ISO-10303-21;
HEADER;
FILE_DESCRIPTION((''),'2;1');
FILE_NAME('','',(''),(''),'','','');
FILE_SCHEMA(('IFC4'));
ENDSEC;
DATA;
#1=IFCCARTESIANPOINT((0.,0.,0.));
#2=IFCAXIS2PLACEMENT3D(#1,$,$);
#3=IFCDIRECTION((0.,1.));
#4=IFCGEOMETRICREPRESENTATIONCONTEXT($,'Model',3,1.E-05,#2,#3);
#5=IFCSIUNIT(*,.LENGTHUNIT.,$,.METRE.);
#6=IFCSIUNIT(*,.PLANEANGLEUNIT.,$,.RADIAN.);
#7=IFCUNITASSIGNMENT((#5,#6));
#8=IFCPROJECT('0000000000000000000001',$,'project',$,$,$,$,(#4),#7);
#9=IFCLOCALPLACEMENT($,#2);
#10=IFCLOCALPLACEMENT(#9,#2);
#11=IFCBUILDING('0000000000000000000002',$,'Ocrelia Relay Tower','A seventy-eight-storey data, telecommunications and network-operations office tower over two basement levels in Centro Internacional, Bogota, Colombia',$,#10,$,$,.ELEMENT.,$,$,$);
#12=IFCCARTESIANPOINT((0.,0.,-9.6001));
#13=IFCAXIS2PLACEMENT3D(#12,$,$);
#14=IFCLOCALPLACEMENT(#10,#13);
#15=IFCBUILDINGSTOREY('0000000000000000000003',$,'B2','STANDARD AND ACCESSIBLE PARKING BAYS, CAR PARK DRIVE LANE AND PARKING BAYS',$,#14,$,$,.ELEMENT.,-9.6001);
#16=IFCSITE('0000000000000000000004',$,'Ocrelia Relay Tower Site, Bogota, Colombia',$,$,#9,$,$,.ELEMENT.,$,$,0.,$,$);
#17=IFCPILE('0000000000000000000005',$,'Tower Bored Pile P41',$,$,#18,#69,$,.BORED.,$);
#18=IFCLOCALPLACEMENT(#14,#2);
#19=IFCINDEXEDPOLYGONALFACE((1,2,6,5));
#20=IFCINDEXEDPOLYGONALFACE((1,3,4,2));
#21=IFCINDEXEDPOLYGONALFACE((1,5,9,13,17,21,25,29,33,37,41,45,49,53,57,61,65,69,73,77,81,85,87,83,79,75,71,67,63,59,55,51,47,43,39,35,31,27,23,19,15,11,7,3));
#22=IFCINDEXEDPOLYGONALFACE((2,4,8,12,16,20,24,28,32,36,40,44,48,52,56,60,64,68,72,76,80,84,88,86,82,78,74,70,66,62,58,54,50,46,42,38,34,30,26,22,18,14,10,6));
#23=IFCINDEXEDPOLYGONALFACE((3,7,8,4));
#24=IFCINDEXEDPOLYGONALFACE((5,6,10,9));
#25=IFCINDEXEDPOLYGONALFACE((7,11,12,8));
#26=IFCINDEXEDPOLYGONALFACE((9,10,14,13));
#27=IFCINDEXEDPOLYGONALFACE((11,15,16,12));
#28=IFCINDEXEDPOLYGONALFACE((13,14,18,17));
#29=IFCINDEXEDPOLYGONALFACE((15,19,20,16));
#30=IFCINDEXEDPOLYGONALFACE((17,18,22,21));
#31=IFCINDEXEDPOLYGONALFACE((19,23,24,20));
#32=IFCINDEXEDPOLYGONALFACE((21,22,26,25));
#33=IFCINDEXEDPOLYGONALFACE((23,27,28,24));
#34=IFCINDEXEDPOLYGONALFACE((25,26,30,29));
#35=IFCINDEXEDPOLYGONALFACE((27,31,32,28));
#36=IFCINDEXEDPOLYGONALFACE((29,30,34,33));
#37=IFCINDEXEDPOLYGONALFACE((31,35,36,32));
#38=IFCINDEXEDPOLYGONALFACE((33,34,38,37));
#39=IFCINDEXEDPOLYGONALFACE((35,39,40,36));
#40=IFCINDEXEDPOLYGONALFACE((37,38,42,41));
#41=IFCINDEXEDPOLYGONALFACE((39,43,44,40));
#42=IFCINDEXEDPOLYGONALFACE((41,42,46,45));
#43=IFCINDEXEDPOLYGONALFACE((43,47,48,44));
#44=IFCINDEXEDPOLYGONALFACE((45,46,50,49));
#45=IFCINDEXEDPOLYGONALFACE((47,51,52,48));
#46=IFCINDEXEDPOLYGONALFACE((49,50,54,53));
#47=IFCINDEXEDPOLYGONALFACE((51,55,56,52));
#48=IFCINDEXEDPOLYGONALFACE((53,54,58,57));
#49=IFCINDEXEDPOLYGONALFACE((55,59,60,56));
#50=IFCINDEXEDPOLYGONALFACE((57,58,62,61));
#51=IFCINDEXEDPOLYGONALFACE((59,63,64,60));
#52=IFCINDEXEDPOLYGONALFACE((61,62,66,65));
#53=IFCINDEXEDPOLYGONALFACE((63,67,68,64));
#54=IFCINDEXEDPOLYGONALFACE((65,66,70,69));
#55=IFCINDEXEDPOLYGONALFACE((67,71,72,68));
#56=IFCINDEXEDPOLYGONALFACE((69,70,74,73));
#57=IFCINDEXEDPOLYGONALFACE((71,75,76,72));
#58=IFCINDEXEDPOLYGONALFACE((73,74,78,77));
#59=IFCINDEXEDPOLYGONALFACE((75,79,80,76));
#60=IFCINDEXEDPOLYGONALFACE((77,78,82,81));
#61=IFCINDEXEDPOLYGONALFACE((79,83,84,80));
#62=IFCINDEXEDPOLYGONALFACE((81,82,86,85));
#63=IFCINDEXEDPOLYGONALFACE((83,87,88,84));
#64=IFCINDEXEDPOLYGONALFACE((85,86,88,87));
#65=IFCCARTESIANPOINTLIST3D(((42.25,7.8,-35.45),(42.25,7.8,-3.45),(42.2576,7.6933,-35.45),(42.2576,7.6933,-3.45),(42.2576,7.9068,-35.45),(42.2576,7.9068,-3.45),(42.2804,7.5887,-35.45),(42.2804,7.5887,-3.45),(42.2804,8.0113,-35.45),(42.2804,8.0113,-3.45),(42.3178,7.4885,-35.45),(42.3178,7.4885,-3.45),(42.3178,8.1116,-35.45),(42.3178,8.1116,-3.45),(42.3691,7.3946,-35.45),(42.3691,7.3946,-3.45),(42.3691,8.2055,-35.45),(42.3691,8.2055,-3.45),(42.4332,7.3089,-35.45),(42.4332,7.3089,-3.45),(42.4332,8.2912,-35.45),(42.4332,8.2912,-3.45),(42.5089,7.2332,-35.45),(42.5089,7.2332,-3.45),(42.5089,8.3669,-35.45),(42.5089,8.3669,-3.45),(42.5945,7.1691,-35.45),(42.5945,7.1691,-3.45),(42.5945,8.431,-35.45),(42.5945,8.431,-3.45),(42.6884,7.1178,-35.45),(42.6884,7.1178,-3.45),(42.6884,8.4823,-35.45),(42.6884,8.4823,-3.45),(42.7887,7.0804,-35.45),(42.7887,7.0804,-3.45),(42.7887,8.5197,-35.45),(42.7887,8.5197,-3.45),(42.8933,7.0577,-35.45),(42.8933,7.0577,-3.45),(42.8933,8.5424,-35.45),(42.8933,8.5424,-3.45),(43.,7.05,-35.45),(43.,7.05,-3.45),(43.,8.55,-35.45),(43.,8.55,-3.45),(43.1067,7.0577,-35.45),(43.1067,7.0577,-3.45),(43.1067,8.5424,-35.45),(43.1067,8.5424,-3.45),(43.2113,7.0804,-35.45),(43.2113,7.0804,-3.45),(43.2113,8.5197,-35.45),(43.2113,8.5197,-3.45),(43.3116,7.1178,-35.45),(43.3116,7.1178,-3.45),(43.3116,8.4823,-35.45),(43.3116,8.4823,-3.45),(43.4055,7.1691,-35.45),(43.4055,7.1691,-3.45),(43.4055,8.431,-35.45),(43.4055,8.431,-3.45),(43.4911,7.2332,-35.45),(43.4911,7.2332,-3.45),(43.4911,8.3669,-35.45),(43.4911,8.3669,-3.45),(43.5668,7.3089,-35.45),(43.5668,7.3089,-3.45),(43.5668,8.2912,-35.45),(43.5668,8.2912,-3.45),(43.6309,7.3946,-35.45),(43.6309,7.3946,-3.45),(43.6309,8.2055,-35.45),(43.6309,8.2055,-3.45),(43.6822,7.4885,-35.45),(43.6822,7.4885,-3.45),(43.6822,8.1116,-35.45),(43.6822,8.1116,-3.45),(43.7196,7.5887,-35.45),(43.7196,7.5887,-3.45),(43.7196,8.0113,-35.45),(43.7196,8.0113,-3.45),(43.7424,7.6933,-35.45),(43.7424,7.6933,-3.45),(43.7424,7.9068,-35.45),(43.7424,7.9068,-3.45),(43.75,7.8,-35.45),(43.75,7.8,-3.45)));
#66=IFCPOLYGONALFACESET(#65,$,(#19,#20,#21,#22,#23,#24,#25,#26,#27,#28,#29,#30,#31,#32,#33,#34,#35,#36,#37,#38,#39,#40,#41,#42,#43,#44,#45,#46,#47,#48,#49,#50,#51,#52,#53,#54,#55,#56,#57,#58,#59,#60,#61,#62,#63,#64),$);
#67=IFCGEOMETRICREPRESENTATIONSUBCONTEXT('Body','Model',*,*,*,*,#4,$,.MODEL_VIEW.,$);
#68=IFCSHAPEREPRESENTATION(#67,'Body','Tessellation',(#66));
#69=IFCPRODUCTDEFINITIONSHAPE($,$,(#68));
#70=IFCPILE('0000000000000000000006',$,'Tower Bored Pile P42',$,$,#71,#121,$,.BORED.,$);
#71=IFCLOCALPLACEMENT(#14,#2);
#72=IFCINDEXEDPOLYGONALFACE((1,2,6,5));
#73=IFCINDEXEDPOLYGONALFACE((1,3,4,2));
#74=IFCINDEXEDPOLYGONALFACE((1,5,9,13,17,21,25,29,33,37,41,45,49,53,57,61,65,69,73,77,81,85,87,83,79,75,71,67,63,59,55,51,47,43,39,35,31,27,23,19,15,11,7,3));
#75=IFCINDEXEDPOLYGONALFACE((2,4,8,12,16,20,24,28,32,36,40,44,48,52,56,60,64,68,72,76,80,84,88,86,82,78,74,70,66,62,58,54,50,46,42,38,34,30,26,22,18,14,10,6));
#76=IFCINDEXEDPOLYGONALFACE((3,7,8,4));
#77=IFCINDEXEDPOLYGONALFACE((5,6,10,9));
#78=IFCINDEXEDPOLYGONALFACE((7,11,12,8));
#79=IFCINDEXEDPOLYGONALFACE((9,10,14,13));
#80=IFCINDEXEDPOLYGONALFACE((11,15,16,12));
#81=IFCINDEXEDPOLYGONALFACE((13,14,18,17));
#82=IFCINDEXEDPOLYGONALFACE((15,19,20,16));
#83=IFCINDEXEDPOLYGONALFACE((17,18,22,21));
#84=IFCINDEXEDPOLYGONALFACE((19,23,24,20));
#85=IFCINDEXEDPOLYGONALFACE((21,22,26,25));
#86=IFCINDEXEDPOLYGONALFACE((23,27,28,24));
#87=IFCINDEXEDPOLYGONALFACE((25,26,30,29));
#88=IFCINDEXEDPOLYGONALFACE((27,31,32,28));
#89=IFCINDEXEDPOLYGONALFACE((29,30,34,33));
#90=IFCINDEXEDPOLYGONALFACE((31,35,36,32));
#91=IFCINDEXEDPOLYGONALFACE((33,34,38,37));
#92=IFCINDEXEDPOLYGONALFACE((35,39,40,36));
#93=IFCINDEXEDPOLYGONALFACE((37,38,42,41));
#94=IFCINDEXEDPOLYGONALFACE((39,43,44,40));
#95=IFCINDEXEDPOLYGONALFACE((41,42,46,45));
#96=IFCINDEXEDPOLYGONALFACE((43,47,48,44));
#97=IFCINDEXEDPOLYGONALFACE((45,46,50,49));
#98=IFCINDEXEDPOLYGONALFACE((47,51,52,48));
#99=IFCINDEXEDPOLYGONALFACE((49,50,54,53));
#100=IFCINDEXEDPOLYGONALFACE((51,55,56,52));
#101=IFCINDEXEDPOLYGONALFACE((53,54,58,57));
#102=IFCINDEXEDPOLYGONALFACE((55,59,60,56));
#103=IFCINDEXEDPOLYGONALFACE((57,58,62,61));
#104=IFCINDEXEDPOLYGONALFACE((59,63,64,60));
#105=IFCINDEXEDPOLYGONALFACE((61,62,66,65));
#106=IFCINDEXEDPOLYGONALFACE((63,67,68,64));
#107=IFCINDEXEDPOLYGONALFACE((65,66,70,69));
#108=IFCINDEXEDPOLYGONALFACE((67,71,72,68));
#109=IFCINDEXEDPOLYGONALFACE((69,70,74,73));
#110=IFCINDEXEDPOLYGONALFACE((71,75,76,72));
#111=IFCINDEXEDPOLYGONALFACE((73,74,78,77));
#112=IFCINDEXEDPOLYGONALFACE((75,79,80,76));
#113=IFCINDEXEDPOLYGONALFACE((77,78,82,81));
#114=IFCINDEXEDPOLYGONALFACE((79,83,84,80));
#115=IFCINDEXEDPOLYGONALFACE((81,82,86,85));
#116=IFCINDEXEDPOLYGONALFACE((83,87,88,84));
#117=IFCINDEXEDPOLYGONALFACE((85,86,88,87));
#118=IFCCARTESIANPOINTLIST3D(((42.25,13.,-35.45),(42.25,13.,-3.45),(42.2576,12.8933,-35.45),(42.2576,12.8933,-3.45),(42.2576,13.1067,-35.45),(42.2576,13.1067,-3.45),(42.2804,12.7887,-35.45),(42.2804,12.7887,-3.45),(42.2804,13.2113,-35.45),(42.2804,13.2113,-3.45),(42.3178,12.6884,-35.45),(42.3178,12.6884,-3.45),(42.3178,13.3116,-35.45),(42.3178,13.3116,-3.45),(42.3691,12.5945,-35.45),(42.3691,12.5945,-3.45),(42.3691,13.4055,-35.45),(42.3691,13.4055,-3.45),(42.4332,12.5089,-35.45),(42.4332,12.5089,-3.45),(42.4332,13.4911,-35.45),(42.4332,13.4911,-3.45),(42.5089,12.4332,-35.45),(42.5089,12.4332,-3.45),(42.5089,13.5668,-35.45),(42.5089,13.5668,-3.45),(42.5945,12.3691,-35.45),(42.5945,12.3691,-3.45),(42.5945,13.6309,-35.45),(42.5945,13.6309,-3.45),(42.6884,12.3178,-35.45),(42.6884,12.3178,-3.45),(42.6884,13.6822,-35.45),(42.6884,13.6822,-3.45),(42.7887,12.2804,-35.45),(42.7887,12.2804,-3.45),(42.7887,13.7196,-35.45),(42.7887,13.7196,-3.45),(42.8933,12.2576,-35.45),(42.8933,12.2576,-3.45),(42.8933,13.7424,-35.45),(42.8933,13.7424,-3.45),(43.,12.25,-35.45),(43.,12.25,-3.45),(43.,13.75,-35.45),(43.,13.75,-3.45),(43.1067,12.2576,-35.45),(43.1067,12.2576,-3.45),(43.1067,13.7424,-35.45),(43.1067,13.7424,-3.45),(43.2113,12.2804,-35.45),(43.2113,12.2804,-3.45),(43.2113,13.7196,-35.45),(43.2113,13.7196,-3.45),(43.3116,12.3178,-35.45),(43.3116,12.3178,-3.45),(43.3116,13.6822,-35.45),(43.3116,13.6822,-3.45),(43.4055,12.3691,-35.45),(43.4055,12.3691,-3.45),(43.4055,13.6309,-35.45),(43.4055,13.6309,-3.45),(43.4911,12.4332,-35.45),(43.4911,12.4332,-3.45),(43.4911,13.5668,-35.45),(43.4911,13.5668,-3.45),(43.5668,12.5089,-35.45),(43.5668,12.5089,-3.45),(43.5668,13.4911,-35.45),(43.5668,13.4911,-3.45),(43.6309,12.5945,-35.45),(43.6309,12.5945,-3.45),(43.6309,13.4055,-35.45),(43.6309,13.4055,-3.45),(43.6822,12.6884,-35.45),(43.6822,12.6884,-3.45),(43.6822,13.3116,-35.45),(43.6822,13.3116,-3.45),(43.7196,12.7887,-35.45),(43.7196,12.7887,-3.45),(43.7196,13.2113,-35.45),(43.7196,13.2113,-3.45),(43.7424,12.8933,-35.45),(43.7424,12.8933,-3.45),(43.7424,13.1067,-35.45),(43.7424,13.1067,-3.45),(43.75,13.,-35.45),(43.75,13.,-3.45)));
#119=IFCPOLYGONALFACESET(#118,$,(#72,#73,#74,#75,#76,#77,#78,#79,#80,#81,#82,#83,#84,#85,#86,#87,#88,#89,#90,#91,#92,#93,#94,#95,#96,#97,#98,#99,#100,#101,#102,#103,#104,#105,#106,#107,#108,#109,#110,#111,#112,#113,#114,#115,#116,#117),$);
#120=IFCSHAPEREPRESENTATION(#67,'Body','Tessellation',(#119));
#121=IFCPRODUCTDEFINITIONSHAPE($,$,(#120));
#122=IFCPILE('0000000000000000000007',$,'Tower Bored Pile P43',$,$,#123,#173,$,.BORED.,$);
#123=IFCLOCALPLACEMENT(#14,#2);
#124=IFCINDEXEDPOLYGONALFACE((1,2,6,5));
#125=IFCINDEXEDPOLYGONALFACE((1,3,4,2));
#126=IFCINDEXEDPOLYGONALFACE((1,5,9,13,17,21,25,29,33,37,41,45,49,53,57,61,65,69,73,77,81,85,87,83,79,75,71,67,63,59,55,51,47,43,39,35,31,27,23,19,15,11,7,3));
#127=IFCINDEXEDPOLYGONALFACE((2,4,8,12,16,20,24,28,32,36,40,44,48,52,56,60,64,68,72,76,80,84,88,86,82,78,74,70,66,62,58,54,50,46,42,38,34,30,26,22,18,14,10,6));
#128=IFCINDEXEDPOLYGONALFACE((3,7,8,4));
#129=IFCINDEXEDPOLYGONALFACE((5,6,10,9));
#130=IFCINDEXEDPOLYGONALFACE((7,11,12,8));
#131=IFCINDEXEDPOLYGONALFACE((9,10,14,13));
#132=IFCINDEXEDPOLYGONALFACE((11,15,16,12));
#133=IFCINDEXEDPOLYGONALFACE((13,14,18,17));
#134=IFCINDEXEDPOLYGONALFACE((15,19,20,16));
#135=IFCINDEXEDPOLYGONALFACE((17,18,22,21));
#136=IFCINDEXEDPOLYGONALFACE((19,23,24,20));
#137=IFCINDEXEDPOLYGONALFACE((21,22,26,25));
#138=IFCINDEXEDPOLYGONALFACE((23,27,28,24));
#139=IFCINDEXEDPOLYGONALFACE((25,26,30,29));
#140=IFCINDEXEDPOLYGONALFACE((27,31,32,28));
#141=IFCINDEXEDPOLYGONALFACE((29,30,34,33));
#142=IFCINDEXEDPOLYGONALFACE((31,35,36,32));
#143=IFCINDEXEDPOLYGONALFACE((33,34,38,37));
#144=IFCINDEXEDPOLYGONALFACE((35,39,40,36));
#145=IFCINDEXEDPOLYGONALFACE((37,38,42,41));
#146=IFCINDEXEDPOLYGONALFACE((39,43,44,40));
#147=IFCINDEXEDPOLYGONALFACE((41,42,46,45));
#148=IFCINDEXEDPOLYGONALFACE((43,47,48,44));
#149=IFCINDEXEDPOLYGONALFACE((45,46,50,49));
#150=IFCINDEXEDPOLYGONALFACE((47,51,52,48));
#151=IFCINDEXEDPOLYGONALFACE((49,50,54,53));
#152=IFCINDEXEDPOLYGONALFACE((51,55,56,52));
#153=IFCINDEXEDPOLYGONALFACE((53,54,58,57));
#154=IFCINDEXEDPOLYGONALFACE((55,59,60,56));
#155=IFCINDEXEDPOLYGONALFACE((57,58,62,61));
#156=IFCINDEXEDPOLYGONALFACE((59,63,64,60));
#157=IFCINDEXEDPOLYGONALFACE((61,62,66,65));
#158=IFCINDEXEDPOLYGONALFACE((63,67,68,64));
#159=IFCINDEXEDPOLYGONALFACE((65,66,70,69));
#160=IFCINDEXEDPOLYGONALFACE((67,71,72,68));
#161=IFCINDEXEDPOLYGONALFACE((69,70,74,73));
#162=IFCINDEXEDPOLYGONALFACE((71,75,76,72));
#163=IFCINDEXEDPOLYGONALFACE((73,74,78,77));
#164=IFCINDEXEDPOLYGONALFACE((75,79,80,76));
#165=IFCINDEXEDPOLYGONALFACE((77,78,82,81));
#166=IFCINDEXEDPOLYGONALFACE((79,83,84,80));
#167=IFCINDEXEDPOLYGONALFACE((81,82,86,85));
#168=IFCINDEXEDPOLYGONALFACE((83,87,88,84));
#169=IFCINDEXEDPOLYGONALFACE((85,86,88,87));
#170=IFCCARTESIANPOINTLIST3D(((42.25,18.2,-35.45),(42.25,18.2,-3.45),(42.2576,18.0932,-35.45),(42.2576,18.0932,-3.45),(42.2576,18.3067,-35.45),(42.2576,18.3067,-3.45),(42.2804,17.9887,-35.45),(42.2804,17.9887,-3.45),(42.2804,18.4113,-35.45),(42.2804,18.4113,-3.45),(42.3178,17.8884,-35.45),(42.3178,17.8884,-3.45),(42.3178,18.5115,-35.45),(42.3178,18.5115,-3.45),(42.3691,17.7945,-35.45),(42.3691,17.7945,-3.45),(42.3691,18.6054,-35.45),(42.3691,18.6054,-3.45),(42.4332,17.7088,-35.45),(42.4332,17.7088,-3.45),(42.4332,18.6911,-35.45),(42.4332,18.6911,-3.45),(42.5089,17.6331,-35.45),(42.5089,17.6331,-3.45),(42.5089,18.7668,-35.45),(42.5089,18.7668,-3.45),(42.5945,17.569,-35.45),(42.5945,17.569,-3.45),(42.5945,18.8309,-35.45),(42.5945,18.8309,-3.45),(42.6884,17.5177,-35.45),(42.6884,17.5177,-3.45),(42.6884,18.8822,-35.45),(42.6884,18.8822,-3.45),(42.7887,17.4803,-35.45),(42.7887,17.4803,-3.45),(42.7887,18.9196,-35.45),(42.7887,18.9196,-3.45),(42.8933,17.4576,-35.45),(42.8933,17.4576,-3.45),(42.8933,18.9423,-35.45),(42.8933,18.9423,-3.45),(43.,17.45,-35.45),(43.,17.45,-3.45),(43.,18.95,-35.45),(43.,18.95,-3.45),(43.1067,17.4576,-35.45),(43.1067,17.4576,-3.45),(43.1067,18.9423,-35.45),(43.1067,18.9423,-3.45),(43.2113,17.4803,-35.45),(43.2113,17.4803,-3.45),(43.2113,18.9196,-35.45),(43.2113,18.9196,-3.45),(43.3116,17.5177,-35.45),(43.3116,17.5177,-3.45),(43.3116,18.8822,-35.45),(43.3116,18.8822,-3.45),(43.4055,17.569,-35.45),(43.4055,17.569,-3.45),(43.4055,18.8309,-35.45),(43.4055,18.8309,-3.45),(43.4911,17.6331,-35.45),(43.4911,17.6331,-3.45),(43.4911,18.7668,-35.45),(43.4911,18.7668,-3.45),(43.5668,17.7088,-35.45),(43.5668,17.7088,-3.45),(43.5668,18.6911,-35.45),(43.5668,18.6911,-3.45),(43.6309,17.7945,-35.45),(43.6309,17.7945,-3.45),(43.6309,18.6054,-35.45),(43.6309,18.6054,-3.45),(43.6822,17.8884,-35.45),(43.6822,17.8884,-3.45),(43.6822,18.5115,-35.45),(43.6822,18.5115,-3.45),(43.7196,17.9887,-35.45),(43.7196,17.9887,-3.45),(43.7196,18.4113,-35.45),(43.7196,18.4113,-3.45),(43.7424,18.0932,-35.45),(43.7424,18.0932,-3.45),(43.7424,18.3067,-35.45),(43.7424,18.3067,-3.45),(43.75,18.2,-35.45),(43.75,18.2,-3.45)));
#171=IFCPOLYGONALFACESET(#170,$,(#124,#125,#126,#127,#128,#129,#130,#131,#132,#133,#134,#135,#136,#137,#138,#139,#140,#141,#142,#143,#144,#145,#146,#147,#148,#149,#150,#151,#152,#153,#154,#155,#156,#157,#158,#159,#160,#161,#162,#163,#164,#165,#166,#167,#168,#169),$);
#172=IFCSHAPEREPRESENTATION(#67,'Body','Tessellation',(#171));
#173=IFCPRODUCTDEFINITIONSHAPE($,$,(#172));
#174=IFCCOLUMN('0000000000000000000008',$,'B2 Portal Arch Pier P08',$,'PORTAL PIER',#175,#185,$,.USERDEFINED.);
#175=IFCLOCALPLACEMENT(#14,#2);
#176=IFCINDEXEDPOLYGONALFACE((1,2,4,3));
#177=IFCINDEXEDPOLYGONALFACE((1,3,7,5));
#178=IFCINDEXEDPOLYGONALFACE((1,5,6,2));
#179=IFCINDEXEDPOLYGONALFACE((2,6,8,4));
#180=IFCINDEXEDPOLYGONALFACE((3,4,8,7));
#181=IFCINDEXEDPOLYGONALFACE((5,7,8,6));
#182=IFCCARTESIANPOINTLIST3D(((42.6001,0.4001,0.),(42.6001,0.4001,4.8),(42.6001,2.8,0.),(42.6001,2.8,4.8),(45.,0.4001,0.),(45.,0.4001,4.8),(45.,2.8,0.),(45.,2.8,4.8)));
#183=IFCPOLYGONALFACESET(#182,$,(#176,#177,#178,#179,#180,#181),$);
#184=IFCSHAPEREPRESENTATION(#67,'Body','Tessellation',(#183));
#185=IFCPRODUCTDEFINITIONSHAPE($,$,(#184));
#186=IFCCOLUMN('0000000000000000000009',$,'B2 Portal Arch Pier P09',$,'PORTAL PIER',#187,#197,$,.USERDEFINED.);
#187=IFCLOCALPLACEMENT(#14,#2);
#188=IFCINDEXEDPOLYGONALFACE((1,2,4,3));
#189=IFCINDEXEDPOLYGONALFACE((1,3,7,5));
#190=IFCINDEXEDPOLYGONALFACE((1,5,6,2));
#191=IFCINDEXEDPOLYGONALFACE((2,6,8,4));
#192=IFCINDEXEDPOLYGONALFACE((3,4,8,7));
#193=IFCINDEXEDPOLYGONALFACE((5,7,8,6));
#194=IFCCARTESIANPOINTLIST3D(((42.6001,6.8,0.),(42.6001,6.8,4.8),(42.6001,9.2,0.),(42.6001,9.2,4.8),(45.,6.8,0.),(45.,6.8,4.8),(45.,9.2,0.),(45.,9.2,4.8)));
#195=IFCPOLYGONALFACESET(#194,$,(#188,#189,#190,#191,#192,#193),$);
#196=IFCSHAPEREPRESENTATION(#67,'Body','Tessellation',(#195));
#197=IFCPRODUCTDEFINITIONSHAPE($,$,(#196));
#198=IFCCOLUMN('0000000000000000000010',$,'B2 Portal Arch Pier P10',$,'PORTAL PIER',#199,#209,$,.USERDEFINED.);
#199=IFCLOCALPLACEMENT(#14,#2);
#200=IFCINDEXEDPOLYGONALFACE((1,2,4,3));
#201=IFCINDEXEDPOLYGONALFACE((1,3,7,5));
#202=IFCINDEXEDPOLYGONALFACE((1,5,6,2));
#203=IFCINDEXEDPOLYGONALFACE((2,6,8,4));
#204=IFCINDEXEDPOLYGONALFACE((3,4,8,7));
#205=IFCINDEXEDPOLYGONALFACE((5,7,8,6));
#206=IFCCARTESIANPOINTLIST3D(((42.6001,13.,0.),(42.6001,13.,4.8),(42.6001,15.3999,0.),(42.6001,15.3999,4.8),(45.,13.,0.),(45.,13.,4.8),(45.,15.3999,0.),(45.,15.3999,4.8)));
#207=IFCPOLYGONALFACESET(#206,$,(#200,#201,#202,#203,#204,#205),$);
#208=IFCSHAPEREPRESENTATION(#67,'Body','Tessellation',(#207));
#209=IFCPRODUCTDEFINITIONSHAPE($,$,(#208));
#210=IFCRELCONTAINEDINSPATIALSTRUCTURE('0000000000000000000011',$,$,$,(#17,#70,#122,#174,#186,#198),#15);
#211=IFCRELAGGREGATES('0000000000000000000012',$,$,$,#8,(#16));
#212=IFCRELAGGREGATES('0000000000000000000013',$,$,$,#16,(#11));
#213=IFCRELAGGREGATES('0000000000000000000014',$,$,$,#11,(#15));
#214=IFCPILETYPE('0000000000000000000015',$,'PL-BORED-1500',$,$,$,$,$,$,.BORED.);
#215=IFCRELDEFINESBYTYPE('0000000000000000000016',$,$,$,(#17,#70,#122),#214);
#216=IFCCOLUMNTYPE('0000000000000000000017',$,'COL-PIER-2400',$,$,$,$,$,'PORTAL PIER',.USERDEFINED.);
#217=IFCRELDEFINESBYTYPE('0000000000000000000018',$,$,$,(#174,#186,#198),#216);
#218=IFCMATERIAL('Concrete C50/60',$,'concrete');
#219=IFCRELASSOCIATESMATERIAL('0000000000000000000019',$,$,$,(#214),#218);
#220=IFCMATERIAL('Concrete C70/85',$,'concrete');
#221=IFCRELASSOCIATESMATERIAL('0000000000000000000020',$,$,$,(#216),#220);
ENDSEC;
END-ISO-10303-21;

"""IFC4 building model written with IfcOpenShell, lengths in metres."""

from ifc_helpers import new_model, si_unit, direction, frame, origin, origin_2d, place, context, subcontext, project, spatial, rectangle, circle, extrude, material, material_profile, profile_set, type_object, element, save


model = new_model("IFC4")

# Units and contexts
model_context = context("Model", 3, precision=1e-05, world=origin(), true_north=direction((0.0, 1.0)))
body_context = subcontext(model_context, "Body", "Model", "MODEL_VIEW")
ifc_project = project(units=[si_unit("LENGTHUNIT", "METRE"), si_unit("PLANEANGLEUNIT", "RADIAN")], contexts=[model_context])

# Site, building, storey
site_placement = place(None, origin())
site = spatial("IfcSite", under=ifc_project, at=site_placement, Name="Ocrelia Relay Tower Site, Bogota, Colombia", CompositionType="ELEMENT", RefElevation=0.0)
building_placement = place(site_placement, origin())
building = spatial("IfcBuilding", under=site, at=building_placement, Name="Ocrelia Relay Tower", Description="A seventy-eight-storey data, telecommunications and network-operations office tower over two basement levels in Centro Internacional, Bogota, Colombia", CompositionType="ELEMENT")
storey_placement = place(building_placement, frame((0.0, 0.0, -9.6001)))
storey = spatial("IfcBuildingStorey", under=building, at=storey_placement, Name="B2", Description="STANDARD AND ACCESSIBLE PARKING BAYS, CAR PARK DRIVE LANE AND PARKING BAYS", CompositionType="ELEMENT", Elevation=-9.6001)

# Piles
ifc_material_1 = material(Name="Concrete C50/60", Category="concrete")
ifc_material_profile_1 = material_profile(ifc_material_1, circle(Radius=0.75, at=origin_2d()), Name="PILE-1500")
ifc_profile_set_1 = profile_set([ifc_material_profile_1], Name="Concrete C50/60")
pile_type = type_object("IfcPileType", Name="PL-BORED-1500", PredefinedType="BORED", material=ifc_profile_set_1)
for number, where, z_axis, x_axis, name in (
    (1, (43.0, 7.8, -3.45), (0.0, 0.0, -1.0), (1.0, 0.0, 0.0), "Tower Bored Pile P41"),
    (2, (43.0, 13.0, -3.45), (0.0, 0.0, -1.0), (1.0, 0.0, 0.0), "Tower Bored Pile P42"),
    (3, (43.0, 18.2, -3.45), (0.0, 0.0, -1.0), (1.0, 0.0, 0.0), "Tower Bored Pile P43"),
):
    element("IfcPile", number, at=place(storey_placement, frame(where, z_axis=z_axis, x_axis=x_axis)), inside=storey, type_object=pile_type, Name=name, PredefinedType="BORED", context=body_context, shape_type="SweptSolid", body=[
        extrude(circle(Radius=0.75, at=origin_2d()), origin(), (0.0, 0.0, 1.0), 32.0),
    ])

# Columns
ifc_material_2 = material(Name="Concrete C70/85", Category="concrete")
ifc_material_profile_2 = material_profile(ifc_material_2, rectangle(XDim=2.3999, YDim=2.3999, at=origin_2d()), Name="RC-PIER-2400x2400")
ifc_profile_set_2 = profile_set([ifc_material_profile_2], Name="Concrete C70/85")
column_type = type_object("IfcColumnType", Name="COL-PIER-2400", ElementType="PORTAL PIER", PredefinedType="USERDEFINED", material=ifc_profile_set_2)
for number, where, z_axis, x_axis, name in (
    (4, (43.8, 1.6001, 0.0), (0.0, 0.0, 1.0), (1.0, 0.0, 0.0), "B2 Portal Arch Pier P08"),
    (5, (43.8, 8.0, 0.0), (0.0, 0.0, 1.0), (1.0, 0.0, 0.0), "B2 Portal Arch Pier P09"),
    (6, (43.8, 14.2, 0.0), (0.0, 0.0, 1.0), (1.0, 0.0, 0.0), "B2 Portal Arch Pier P10"),
):
    element("IfcColumn", number, at=place(storey_placement, frame(where, z_axis=z_axis, x_axis=x_axis)), inside=storey, type_object=column_type, Name=name, ObjectType="PORTAL PIER", PredefinedType="USERDEFINED", context=body_context, shape_type="SweptSolid", body=[
        extrude(rectangle(XDim=2.3999, YDim=2.3999, at=origin_2d()), origin(), (0.0, 0.0, 1.0), 4.8),
    ])

save(model, "model.ifc")
